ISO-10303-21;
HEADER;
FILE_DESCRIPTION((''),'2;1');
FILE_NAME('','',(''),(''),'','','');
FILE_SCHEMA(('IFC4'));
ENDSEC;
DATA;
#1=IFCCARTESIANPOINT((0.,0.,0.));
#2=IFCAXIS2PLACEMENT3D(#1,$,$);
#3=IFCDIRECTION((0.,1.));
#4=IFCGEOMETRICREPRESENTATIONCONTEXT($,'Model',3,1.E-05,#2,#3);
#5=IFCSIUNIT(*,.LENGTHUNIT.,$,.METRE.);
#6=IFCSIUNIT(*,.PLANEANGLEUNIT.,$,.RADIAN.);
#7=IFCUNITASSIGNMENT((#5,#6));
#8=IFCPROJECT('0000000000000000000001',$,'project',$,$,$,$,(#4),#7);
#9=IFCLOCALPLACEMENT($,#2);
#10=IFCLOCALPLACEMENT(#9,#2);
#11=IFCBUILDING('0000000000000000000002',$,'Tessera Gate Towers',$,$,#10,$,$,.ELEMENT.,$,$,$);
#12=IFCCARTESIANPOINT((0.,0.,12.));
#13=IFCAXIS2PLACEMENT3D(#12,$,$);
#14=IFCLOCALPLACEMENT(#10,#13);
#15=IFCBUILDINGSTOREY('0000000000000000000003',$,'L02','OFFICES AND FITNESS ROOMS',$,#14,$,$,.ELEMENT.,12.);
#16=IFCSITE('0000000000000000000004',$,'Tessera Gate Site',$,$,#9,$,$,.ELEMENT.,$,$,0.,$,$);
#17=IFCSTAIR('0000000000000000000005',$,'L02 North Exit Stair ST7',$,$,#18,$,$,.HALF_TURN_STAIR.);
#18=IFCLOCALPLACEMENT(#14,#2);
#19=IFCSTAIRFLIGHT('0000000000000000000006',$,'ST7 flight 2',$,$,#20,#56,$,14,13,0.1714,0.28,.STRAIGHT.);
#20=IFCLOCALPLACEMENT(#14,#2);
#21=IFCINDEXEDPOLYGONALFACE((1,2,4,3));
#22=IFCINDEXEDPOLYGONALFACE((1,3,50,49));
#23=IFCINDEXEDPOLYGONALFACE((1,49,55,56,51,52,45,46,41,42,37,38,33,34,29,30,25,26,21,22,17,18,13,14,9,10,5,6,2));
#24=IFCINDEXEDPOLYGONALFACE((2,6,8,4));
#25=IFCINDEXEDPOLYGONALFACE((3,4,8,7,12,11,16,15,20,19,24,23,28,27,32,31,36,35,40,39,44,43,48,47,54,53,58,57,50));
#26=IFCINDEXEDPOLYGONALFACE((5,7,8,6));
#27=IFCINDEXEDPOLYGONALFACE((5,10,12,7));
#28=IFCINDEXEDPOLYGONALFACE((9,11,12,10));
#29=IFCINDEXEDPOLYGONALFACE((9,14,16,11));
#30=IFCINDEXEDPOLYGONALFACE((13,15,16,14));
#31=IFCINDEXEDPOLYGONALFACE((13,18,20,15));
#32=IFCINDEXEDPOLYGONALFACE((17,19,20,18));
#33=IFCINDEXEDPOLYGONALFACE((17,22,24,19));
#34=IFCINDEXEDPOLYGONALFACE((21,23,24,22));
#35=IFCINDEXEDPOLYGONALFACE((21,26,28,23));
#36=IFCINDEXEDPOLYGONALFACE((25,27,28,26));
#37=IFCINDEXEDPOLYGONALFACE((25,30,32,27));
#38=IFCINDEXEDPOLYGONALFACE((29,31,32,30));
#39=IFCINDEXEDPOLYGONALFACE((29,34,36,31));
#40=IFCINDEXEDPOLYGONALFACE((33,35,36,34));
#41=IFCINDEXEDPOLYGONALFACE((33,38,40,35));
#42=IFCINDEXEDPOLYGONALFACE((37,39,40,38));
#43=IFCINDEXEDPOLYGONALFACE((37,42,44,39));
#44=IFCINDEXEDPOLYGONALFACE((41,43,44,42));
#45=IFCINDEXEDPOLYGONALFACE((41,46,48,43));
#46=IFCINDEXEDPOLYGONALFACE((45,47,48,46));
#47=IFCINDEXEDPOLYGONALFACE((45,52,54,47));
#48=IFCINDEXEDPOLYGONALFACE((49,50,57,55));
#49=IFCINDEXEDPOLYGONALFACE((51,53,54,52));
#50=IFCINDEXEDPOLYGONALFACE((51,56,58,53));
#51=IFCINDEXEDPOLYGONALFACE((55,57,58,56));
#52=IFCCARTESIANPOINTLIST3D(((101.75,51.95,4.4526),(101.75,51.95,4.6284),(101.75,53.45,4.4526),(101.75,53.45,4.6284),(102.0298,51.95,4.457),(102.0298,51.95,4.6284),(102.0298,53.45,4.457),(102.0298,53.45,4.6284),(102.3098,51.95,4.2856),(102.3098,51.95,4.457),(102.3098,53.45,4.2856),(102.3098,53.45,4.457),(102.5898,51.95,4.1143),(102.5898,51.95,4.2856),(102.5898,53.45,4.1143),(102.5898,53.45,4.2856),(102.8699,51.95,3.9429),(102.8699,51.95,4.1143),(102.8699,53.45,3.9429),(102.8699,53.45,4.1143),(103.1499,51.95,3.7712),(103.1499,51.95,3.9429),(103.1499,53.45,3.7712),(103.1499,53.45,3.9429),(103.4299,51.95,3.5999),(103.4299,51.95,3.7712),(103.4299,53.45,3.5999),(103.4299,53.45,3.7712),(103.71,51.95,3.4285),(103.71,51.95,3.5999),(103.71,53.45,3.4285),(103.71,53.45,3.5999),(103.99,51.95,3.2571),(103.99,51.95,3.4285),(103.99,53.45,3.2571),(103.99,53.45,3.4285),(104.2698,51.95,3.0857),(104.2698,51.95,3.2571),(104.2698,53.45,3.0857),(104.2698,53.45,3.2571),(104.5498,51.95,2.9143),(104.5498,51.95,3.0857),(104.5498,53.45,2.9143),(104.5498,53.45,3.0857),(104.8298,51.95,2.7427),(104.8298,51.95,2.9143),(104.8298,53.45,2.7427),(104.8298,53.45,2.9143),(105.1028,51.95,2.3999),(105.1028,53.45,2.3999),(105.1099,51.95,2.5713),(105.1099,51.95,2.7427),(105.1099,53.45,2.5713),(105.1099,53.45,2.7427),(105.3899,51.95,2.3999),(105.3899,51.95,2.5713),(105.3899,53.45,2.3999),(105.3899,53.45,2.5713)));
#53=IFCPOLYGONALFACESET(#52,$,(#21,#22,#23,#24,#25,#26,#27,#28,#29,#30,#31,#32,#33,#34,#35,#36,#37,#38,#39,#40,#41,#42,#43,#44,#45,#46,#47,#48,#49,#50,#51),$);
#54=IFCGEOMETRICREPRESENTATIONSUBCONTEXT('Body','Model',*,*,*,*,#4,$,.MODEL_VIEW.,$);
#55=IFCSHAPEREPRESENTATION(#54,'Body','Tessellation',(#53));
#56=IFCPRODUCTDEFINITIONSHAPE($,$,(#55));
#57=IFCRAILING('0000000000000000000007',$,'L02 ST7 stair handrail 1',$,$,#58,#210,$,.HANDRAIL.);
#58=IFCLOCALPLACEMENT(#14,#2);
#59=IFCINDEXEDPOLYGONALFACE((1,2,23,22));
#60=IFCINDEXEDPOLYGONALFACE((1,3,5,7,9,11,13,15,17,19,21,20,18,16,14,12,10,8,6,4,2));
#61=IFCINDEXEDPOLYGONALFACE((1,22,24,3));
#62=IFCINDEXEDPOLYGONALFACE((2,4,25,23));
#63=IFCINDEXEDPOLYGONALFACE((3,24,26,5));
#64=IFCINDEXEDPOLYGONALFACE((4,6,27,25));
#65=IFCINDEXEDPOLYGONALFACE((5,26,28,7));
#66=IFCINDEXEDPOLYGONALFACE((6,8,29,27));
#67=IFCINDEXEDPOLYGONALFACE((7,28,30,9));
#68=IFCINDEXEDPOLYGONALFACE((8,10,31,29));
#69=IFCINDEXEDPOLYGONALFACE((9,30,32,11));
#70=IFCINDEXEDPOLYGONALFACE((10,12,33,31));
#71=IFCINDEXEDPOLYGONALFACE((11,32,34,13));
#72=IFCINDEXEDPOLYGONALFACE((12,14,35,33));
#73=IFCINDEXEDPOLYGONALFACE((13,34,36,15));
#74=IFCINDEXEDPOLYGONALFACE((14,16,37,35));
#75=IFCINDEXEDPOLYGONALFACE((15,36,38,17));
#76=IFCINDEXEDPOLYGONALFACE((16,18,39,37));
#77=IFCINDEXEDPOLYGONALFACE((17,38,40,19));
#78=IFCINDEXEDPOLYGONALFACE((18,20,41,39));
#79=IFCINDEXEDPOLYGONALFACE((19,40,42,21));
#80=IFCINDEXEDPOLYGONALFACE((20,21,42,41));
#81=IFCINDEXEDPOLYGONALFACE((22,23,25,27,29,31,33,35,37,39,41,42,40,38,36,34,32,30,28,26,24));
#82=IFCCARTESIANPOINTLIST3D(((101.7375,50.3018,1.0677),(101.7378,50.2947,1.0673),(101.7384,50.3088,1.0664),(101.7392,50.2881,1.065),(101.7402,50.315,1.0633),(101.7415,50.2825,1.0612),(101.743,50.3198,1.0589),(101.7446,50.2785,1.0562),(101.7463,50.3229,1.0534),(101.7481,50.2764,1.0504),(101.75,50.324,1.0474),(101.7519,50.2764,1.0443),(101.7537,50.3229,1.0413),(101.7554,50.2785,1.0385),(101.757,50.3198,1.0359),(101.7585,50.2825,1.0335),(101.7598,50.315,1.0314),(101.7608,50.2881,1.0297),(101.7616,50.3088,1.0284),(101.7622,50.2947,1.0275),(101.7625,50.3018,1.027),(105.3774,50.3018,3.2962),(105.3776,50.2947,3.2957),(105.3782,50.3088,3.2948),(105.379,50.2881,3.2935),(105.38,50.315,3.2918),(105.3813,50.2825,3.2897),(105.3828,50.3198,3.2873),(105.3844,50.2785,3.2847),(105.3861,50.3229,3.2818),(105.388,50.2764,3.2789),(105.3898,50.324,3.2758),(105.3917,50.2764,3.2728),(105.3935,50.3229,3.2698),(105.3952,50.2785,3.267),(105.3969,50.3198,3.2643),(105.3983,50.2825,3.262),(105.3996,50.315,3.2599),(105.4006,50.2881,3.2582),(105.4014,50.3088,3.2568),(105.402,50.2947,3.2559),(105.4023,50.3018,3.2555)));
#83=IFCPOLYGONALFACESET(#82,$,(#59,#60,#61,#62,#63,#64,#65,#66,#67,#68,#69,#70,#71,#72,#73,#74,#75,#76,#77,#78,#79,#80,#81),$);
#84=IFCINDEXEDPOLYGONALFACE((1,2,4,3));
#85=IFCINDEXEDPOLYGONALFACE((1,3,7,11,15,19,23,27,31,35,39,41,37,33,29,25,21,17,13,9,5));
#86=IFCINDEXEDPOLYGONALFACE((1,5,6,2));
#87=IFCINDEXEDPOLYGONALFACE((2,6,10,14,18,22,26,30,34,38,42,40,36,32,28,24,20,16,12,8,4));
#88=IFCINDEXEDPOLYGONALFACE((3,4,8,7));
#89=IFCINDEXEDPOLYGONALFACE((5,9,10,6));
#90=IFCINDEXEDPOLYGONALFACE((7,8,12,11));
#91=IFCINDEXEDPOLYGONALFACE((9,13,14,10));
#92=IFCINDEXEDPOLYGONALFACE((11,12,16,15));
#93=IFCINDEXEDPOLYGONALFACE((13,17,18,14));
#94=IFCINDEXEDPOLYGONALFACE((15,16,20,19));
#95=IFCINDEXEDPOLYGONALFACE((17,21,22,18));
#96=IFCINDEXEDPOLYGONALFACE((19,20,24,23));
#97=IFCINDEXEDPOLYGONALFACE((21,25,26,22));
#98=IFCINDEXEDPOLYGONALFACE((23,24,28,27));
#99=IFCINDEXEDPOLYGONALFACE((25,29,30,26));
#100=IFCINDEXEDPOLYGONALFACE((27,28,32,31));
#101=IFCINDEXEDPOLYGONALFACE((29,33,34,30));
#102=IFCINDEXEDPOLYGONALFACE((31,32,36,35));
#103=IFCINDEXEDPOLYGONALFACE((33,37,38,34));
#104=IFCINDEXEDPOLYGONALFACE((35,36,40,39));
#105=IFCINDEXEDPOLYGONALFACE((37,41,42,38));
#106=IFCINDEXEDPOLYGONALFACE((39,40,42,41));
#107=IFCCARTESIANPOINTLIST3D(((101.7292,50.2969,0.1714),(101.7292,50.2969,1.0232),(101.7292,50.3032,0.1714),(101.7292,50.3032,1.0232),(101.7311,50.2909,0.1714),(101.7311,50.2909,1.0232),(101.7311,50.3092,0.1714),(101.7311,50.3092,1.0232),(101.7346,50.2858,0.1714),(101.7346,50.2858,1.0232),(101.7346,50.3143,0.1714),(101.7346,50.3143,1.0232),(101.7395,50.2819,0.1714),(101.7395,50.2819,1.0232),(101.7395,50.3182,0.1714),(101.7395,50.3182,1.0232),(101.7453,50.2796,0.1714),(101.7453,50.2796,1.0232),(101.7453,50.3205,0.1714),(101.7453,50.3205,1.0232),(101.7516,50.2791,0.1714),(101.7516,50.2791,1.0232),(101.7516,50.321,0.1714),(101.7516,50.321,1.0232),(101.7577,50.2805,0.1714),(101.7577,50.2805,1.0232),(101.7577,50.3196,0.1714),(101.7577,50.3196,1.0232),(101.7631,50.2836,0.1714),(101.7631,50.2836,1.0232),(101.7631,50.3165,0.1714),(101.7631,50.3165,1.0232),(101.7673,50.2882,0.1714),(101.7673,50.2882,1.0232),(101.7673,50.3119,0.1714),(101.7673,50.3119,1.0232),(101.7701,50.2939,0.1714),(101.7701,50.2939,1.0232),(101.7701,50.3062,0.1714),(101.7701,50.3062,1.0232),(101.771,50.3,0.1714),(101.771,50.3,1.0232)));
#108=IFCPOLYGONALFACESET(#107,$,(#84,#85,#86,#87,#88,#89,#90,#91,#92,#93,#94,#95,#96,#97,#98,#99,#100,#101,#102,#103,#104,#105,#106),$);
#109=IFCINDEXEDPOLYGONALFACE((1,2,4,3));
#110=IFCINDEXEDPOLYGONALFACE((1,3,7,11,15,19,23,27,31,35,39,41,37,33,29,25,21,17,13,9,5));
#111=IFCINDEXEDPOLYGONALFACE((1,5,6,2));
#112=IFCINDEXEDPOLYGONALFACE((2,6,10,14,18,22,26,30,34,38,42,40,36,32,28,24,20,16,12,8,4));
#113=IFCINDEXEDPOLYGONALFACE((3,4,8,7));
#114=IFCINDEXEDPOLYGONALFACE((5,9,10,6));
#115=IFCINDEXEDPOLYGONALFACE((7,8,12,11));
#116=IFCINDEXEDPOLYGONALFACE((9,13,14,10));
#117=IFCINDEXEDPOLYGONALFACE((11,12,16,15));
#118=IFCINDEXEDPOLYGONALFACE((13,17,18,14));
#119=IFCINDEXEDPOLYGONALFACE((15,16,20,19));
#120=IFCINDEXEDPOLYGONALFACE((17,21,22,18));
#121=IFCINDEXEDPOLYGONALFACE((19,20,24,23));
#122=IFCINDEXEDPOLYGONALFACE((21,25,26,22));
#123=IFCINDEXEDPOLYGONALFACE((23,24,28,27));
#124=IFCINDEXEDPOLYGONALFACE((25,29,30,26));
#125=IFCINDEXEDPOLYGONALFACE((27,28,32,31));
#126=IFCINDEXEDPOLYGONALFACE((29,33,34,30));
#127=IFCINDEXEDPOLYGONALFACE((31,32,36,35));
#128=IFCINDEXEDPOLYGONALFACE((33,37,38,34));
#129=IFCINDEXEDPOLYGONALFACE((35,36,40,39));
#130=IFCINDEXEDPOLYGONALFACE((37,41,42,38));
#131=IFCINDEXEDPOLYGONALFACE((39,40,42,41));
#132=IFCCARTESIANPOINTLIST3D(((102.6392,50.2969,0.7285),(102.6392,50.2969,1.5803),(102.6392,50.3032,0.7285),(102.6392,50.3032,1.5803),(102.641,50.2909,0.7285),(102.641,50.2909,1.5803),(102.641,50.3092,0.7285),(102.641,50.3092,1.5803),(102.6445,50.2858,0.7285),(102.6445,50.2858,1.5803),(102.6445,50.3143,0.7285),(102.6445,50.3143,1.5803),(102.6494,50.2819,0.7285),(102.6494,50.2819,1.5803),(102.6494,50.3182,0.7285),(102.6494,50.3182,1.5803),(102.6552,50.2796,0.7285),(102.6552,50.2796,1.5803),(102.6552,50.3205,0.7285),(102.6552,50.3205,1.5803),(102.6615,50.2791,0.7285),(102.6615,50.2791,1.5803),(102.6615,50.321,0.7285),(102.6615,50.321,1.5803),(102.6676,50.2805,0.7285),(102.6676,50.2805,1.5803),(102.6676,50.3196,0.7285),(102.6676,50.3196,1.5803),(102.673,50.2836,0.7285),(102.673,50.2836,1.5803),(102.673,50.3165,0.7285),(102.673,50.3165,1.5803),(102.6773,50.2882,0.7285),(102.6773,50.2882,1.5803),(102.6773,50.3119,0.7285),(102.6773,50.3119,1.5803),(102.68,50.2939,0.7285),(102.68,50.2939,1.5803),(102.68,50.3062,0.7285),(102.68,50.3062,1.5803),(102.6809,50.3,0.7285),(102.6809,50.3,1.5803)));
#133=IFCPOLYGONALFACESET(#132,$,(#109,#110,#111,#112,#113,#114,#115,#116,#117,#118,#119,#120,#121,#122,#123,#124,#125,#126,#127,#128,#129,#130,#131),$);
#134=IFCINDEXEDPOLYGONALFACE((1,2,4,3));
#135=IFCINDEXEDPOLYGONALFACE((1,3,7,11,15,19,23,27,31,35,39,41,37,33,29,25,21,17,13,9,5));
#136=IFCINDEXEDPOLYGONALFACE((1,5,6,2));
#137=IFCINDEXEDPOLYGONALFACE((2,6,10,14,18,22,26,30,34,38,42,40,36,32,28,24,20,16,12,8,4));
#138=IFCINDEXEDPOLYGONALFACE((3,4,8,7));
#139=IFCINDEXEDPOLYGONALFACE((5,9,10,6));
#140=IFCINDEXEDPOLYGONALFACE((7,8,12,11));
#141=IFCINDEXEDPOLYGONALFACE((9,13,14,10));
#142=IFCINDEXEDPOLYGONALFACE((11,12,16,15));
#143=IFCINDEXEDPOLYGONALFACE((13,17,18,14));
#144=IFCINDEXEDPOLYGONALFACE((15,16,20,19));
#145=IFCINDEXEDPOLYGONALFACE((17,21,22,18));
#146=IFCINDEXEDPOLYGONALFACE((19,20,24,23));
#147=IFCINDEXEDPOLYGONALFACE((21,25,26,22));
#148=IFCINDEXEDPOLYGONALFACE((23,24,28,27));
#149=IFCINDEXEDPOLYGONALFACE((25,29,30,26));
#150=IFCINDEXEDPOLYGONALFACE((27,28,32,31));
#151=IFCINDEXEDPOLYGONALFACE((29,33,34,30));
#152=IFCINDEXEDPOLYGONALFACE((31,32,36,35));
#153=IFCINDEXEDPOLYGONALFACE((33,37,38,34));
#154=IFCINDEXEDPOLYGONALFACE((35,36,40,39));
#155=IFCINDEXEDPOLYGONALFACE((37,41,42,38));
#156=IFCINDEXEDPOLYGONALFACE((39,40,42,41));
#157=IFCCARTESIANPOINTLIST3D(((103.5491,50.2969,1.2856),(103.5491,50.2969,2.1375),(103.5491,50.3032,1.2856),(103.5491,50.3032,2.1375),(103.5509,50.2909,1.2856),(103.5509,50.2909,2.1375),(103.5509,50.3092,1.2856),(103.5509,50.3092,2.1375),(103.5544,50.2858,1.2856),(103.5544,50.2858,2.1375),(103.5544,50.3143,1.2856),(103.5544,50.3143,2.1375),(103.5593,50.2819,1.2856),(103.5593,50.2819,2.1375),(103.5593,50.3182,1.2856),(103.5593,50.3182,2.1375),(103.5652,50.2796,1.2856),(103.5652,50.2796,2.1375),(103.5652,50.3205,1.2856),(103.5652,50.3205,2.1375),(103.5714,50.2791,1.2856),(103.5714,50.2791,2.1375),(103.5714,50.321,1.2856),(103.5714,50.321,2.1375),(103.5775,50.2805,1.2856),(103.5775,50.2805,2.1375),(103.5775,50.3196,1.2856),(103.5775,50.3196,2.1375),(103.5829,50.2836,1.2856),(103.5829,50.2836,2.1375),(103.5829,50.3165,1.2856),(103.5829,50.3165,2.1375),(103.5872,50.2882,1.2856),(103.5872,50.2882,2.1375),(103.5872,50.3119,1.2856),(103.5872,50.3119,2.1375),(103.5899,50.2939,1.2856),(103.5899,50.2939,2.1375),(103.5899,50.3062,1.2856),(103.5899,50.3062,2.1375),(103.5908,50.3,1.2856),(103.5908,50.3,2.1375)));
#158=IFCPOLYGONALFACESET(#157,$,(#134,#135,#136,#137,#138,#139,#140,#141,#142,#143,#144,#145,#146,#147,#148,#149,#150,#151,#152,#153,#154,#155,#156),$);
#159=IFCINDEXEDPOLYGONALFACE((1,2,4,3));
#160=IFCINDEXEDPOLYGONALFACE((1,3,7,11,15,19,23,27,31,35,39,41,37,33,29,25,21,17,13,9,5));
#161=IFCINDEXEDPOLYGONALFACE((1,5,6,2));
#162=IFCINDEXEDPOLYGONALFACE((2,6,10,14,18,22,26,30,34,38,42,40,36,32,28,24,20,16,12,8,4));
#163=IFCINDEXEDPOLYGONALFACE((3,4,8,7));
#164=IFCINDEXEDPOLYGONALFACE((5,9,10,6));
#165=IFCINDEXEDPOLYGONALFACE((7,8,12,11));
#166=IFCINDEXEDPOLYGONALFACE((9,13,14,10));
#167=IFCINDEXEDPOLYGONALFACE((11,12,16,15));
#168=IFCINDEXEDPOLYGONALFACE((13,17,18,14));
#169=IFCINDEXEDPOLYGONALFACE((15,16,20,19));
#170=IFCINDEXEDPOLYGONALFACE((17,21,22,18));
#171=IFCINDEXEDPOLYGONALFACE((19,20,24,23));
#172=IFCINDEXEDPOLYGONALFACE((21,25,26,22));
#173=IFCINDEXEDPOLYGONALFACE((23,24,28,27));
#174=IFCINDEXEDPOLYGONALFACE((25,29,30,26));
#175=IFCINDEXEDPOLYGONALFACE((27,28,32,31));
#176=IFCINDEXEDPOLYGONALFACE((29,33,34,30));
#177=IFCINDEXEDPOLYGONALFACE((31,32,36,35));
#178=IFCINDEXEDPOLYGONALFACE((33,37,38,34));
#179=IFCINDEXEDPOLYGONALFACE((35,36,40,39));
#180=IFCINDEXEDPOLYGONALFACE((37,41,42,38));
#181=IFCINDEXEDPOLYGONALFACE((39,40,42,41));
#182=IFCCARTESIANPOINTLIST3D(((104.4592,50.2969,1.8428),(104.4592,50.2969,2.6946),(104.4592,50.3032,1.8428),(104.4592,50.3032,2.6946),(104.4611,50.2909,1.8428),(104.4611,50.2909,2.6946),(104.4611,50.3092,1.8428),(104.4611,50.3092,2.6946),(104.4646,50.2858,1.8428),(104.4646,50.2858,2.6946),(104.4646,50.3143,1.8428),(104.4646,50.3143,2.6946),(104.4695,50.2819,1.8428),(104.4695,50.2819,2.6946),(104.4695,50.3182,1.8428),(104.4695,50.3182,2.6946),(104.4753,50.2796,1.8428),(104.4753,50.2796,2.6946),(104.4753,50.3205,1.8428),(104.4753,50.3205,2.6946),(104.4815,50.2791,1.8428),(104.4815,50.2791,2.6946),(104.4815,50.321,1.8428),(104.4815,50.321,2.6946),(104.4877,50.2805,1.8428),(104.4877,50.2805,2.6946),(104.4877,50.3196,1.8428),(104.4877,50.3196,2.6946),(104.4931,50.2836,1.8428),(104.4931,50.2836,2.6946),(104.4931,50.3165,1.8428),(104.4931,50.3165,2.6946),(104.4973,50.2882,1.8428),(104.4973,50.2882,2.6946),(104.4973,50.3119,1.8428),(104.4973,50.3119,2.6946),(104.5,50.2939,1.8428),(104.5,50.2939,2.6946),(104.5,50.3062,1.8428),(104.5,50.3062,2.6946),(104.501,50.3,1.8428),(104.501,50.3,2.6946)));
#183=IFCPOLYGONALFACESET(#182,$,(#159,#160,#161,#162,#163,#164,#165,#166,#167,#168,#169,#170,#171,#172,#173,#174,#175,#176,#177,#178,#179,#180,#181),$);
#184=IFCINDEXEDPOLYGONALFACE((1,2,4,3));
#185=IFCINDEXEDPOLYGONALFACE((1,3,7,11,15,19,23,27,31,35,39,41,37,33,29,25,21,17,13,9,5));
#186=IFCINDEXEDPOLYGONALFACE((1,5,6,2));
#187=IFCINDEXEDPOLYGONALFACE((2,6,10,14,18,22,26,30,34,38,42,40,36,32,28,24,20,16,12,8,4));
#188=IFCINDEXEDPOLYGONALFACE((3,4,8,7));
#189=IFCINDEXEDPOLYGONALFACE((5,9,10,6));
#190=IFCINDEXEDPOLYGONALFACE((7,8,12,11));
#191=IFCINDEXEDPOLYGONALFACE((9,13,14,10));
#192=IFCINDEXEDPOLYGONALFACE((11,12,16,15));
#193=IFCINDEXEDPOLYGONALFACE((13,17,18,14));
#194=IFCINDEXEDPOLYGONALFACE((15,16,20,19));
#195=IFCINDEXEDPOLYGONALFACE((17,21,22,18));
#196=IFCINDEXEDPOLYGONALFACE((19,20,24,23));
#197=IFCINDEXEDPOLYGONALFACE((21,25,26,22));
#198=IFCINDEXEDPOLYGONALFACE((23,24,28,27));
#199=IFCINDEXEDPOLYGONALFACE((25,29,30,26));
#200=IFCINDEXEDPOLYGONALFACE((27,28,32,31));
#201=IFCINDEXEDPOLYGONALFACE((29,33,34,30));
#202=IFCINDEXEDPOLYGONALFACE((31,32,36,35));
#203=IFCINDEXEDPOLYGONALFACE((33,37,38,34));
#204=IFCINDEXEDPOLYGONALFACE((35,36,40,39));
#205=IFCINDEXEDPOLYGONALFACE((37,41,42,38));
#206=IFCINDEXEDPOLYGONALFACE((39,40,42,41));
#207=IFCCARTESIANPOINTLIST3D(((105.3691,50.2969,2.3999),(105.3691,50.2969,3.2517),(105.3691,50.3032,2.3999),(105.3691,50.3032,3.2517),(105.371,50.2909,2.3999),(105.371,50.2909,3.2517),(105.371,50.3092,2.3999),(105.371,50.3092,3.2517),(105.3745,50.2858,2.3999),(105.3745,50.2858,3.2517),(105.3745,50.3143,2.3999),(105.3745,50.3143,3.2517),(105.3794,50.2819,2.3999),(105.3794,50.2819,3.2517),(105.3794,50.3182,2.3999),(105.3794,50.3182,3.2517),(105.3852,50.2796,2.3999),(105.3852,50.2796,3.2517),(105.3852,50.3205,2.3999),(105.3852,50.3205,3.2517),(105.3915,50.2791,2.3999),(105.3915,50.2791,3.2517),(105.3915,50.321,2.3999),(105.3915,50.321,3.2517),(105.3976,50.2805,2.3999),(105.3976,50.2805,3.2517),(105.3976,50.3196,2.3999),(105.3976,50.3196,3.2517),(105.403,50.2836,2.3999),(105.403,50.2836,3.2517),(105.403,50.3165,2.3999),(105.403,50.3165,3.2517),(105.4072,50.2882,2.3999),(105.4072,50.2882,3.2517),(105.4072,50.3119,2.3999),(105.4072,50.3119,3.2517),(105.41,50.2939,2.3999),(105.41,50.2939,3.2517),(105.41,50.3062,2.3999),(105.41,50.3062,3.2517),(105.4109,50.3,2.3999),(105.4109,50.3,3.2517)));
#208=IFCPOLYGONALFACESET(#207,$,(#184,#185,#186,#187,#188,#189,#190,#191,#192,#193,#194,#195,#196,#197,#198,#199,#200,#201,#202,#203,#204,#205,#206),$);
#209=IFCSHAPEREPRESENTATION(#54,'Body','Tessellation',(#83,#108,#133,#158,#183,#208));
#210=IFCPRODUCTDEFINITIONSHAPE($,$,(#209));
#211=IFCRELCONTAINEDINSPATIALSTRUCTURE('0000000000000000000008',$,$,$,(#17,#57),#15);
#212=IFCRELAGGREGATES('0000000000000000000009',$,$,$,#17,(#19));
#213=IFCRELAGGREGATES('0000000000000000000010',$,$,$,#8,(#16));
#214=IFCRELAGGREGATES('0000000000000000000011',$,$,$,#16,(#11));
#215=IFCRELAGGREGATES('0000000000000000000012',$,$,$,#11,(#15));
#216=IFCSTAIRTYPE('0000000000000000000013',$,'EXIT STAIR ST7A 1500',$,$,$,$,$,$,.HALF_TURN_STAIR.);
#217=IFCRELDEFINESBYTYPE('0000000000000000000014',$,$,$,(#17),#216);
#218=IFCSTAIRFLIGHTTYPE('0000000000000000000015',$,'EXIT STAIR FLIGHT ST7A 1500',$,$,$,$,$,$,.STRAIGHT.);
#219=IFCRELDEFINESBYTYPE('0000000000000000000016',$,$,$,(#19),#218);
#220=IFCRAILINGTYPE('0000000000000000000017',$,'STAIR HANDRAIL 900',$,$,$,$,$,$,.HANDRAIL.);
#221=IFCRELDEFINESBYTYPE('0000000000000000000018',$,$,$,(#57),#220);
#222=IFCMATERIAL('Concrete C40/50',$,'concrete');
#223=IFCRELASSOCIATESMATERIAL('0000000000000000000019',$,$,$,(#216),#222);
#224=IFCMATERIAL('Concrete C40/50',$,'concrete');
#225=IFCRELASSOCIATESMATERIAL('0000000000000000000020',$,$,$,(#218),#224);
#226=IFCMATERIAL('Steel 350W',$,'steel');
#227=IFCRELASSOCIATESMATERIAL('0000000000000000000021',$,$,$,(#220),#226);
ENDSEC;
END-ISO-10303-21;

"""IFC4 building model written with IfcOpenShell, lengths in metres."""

from ifc_helpers import new_model, si_unit, direction, frame, origin, origin_2d, place, context, subcontext, project, spatial, polyline, circle, outline, extrude, material, type_object, element, aggregate, save


model = new_model("IFC4")

# Units and contexts
model_context = context("Model", 3, precision=1e-05, world=origin(), true_north=direction((0.0, 1.0)))
body_context = subcontext(model_context, "Body", "Model", "MODEL_VIEW")
ifc_project = project(units=[si_unit("LENGTHUNIT", "METRE"), si_unit("PLANEANGLEUNIT", "RADIAN")], contexts=[model_context])

# Site, building, storey
site_placement = place(None, origin())
site = spatial("IfcSite", under=ifc_project, at=site_placement, Name="Tessera Gate Site", CompositionType="ELEMENT", RefElevation=0.0)
building_placement = place(site_placement, origin())
building = spatial("IfcBuilding", under=site, at=building_placement, Name="Tessera Gate Towers", CompositionType="ELEMENT")
storey_placement = place(building_placement, frame((0.0, 0.0, 12.0)))
storey = spatial("IfcBuildingStorey", under=building, at=storey_placement, Name="L02", Description="OFFICES AND FITNESS ROOMS", CompositionType="ELEMENT", Elevation=12.0)

# Stair, stair flight
ifc_material_1 = material(Name="Concrete C40/50", Category="concrete")
stair_type = type_object("IfcStairType", Name="EXIT STAIR ST7A 1500", PredefinedType="HALF_TURN_STAIR", material=ifc_material_1)
stair_placement = place(storey_placement, origin())
stair = element("IfcStair", 1, at=stair_placement, inside=storey, type_object=stair_type, Name="L02 North Exit Stair ST7", PredefinedType="HALF_TURN_STAIR")
ifc_material_2 = material(Name="Concrete C40/50", Category="concrete")
stair_flight_type = type_object("IfcStairFlightType", Name="EXIT STAIR FLIGHT ST7A 1500", PredefinedType="STRAIGHT", material=ifc_material_2)
stair_flight_placement = place(storey_placement, frame((105.3899, 52.7, 2.3999), z_axis=(0.0, 0.0, 1.0), x_axis=(-1.0, 0.0, 0.0)))
stair_flight = element("IfcStairFlight", 2, at=stair_flight_placement, type_object=stair_flight_type, Name="ST7 flight 2", NumberOfRisers=14, NumberOfTreads=13, PredefinedType="STRAIGHT", RiserHeight=0.1714, TreadLength=0.28, context=body_context, shape_type="SweptSolid", body=[
    extrude(outline(polyline([(0.0, 0.0), (0.0, 0.1714), (0.28, 0.1714), (0.28, 0.3428), (0.5601, 0.3428), (0.5601, 0.5144), (0.8401, 0.5144), (0.8401, 0.6858), (1.1201, 0.6858), (1.1201, 0.8572), (1.3999, 0.8572), (1.3999, 1.0286), (1.6799, 1.0286), (1.6799, 1.2), (1.96, 1.2), (1.96, 1.3713), (2.24, 1.3713), (2.24, 1.543), (2.52, 1.543), (2.52, 1.7144), (2.8, 1.7144), (2.8, 1.8857), (3.0801, 1.8857), (3.0801, 2.0571), (3.3601, 2.0571), (3.3601, 2.2285), (3.6399, 2.2285), (3.6399, 2.3999), (3.6399, 2.0527), (0.2871, 0.0), (0.0, 0.0)])), frame((0.0, 0.75, 0.0), z_axis=(0.0, -1.0, 0.0), x_axis=(1.0, 0.0, 0.0)), (0.0, 0.0, 1.0), 1.5),
])
aggregate(stair, [stair_flight])

# Railing
ifc_material_3 = material(Name="Steel 350W", Category="steel")
railing_type = type_object("IfcRailingType", Name="STAIR HANDRAIL 900", PredefinedType="HANDRAIL", material=ifc_material_3)
railing_1_placement = place(storey_placement, frame((101.75, 50.3, 0.1714)))
element("IfcRailing", 3, at=railing_1_placement, inside=storey, type_object=railing_type, Name="L02 ST7 stair handrail 1", PredefinedType="HANDRAIL", context=body_context, shape_type="SweptSolid", body=[
    extrude(circle(Radius=0.0239, at=origin_2d()), frame((0.0, 0.0, 0.876), z_axis=(0.85285, 0.0, 0.522156), x_axis=(0.0, 1.0, 0.0)), (0.0, 0.0, 1.0), 4.2678),
    extrude(circle(Radius=0.021, at=origin_2d()), origin(), (0.0, 0.0, 1.0), 0.8518),
    extrude(circle(Radius=0.021, at=origin_2d()), frame((0.9099, 0.0, 0.5571)), (0.0, 0.0, 1.0), 0.8518),
    extrude(circle(Radius=0.021, at=origin_2d()), frame((1.8198, 0.0, 1.1143)), (0.0, 0.0, 1.0), 0.8518),
    extrude(circle(Radius=0.021, at=origin_2d()), frame((2.73, 0.0, 1.6714)), (0.0, 0.0, 1.0), 0.8518),
    extrude(circle(Radius=0.021, at=origin_2d()), frame((3.6399, 0.0, 2.2285)), (0.0, 0.0, 1.0), 0.8518),
])

save(model, "model.ifc")
